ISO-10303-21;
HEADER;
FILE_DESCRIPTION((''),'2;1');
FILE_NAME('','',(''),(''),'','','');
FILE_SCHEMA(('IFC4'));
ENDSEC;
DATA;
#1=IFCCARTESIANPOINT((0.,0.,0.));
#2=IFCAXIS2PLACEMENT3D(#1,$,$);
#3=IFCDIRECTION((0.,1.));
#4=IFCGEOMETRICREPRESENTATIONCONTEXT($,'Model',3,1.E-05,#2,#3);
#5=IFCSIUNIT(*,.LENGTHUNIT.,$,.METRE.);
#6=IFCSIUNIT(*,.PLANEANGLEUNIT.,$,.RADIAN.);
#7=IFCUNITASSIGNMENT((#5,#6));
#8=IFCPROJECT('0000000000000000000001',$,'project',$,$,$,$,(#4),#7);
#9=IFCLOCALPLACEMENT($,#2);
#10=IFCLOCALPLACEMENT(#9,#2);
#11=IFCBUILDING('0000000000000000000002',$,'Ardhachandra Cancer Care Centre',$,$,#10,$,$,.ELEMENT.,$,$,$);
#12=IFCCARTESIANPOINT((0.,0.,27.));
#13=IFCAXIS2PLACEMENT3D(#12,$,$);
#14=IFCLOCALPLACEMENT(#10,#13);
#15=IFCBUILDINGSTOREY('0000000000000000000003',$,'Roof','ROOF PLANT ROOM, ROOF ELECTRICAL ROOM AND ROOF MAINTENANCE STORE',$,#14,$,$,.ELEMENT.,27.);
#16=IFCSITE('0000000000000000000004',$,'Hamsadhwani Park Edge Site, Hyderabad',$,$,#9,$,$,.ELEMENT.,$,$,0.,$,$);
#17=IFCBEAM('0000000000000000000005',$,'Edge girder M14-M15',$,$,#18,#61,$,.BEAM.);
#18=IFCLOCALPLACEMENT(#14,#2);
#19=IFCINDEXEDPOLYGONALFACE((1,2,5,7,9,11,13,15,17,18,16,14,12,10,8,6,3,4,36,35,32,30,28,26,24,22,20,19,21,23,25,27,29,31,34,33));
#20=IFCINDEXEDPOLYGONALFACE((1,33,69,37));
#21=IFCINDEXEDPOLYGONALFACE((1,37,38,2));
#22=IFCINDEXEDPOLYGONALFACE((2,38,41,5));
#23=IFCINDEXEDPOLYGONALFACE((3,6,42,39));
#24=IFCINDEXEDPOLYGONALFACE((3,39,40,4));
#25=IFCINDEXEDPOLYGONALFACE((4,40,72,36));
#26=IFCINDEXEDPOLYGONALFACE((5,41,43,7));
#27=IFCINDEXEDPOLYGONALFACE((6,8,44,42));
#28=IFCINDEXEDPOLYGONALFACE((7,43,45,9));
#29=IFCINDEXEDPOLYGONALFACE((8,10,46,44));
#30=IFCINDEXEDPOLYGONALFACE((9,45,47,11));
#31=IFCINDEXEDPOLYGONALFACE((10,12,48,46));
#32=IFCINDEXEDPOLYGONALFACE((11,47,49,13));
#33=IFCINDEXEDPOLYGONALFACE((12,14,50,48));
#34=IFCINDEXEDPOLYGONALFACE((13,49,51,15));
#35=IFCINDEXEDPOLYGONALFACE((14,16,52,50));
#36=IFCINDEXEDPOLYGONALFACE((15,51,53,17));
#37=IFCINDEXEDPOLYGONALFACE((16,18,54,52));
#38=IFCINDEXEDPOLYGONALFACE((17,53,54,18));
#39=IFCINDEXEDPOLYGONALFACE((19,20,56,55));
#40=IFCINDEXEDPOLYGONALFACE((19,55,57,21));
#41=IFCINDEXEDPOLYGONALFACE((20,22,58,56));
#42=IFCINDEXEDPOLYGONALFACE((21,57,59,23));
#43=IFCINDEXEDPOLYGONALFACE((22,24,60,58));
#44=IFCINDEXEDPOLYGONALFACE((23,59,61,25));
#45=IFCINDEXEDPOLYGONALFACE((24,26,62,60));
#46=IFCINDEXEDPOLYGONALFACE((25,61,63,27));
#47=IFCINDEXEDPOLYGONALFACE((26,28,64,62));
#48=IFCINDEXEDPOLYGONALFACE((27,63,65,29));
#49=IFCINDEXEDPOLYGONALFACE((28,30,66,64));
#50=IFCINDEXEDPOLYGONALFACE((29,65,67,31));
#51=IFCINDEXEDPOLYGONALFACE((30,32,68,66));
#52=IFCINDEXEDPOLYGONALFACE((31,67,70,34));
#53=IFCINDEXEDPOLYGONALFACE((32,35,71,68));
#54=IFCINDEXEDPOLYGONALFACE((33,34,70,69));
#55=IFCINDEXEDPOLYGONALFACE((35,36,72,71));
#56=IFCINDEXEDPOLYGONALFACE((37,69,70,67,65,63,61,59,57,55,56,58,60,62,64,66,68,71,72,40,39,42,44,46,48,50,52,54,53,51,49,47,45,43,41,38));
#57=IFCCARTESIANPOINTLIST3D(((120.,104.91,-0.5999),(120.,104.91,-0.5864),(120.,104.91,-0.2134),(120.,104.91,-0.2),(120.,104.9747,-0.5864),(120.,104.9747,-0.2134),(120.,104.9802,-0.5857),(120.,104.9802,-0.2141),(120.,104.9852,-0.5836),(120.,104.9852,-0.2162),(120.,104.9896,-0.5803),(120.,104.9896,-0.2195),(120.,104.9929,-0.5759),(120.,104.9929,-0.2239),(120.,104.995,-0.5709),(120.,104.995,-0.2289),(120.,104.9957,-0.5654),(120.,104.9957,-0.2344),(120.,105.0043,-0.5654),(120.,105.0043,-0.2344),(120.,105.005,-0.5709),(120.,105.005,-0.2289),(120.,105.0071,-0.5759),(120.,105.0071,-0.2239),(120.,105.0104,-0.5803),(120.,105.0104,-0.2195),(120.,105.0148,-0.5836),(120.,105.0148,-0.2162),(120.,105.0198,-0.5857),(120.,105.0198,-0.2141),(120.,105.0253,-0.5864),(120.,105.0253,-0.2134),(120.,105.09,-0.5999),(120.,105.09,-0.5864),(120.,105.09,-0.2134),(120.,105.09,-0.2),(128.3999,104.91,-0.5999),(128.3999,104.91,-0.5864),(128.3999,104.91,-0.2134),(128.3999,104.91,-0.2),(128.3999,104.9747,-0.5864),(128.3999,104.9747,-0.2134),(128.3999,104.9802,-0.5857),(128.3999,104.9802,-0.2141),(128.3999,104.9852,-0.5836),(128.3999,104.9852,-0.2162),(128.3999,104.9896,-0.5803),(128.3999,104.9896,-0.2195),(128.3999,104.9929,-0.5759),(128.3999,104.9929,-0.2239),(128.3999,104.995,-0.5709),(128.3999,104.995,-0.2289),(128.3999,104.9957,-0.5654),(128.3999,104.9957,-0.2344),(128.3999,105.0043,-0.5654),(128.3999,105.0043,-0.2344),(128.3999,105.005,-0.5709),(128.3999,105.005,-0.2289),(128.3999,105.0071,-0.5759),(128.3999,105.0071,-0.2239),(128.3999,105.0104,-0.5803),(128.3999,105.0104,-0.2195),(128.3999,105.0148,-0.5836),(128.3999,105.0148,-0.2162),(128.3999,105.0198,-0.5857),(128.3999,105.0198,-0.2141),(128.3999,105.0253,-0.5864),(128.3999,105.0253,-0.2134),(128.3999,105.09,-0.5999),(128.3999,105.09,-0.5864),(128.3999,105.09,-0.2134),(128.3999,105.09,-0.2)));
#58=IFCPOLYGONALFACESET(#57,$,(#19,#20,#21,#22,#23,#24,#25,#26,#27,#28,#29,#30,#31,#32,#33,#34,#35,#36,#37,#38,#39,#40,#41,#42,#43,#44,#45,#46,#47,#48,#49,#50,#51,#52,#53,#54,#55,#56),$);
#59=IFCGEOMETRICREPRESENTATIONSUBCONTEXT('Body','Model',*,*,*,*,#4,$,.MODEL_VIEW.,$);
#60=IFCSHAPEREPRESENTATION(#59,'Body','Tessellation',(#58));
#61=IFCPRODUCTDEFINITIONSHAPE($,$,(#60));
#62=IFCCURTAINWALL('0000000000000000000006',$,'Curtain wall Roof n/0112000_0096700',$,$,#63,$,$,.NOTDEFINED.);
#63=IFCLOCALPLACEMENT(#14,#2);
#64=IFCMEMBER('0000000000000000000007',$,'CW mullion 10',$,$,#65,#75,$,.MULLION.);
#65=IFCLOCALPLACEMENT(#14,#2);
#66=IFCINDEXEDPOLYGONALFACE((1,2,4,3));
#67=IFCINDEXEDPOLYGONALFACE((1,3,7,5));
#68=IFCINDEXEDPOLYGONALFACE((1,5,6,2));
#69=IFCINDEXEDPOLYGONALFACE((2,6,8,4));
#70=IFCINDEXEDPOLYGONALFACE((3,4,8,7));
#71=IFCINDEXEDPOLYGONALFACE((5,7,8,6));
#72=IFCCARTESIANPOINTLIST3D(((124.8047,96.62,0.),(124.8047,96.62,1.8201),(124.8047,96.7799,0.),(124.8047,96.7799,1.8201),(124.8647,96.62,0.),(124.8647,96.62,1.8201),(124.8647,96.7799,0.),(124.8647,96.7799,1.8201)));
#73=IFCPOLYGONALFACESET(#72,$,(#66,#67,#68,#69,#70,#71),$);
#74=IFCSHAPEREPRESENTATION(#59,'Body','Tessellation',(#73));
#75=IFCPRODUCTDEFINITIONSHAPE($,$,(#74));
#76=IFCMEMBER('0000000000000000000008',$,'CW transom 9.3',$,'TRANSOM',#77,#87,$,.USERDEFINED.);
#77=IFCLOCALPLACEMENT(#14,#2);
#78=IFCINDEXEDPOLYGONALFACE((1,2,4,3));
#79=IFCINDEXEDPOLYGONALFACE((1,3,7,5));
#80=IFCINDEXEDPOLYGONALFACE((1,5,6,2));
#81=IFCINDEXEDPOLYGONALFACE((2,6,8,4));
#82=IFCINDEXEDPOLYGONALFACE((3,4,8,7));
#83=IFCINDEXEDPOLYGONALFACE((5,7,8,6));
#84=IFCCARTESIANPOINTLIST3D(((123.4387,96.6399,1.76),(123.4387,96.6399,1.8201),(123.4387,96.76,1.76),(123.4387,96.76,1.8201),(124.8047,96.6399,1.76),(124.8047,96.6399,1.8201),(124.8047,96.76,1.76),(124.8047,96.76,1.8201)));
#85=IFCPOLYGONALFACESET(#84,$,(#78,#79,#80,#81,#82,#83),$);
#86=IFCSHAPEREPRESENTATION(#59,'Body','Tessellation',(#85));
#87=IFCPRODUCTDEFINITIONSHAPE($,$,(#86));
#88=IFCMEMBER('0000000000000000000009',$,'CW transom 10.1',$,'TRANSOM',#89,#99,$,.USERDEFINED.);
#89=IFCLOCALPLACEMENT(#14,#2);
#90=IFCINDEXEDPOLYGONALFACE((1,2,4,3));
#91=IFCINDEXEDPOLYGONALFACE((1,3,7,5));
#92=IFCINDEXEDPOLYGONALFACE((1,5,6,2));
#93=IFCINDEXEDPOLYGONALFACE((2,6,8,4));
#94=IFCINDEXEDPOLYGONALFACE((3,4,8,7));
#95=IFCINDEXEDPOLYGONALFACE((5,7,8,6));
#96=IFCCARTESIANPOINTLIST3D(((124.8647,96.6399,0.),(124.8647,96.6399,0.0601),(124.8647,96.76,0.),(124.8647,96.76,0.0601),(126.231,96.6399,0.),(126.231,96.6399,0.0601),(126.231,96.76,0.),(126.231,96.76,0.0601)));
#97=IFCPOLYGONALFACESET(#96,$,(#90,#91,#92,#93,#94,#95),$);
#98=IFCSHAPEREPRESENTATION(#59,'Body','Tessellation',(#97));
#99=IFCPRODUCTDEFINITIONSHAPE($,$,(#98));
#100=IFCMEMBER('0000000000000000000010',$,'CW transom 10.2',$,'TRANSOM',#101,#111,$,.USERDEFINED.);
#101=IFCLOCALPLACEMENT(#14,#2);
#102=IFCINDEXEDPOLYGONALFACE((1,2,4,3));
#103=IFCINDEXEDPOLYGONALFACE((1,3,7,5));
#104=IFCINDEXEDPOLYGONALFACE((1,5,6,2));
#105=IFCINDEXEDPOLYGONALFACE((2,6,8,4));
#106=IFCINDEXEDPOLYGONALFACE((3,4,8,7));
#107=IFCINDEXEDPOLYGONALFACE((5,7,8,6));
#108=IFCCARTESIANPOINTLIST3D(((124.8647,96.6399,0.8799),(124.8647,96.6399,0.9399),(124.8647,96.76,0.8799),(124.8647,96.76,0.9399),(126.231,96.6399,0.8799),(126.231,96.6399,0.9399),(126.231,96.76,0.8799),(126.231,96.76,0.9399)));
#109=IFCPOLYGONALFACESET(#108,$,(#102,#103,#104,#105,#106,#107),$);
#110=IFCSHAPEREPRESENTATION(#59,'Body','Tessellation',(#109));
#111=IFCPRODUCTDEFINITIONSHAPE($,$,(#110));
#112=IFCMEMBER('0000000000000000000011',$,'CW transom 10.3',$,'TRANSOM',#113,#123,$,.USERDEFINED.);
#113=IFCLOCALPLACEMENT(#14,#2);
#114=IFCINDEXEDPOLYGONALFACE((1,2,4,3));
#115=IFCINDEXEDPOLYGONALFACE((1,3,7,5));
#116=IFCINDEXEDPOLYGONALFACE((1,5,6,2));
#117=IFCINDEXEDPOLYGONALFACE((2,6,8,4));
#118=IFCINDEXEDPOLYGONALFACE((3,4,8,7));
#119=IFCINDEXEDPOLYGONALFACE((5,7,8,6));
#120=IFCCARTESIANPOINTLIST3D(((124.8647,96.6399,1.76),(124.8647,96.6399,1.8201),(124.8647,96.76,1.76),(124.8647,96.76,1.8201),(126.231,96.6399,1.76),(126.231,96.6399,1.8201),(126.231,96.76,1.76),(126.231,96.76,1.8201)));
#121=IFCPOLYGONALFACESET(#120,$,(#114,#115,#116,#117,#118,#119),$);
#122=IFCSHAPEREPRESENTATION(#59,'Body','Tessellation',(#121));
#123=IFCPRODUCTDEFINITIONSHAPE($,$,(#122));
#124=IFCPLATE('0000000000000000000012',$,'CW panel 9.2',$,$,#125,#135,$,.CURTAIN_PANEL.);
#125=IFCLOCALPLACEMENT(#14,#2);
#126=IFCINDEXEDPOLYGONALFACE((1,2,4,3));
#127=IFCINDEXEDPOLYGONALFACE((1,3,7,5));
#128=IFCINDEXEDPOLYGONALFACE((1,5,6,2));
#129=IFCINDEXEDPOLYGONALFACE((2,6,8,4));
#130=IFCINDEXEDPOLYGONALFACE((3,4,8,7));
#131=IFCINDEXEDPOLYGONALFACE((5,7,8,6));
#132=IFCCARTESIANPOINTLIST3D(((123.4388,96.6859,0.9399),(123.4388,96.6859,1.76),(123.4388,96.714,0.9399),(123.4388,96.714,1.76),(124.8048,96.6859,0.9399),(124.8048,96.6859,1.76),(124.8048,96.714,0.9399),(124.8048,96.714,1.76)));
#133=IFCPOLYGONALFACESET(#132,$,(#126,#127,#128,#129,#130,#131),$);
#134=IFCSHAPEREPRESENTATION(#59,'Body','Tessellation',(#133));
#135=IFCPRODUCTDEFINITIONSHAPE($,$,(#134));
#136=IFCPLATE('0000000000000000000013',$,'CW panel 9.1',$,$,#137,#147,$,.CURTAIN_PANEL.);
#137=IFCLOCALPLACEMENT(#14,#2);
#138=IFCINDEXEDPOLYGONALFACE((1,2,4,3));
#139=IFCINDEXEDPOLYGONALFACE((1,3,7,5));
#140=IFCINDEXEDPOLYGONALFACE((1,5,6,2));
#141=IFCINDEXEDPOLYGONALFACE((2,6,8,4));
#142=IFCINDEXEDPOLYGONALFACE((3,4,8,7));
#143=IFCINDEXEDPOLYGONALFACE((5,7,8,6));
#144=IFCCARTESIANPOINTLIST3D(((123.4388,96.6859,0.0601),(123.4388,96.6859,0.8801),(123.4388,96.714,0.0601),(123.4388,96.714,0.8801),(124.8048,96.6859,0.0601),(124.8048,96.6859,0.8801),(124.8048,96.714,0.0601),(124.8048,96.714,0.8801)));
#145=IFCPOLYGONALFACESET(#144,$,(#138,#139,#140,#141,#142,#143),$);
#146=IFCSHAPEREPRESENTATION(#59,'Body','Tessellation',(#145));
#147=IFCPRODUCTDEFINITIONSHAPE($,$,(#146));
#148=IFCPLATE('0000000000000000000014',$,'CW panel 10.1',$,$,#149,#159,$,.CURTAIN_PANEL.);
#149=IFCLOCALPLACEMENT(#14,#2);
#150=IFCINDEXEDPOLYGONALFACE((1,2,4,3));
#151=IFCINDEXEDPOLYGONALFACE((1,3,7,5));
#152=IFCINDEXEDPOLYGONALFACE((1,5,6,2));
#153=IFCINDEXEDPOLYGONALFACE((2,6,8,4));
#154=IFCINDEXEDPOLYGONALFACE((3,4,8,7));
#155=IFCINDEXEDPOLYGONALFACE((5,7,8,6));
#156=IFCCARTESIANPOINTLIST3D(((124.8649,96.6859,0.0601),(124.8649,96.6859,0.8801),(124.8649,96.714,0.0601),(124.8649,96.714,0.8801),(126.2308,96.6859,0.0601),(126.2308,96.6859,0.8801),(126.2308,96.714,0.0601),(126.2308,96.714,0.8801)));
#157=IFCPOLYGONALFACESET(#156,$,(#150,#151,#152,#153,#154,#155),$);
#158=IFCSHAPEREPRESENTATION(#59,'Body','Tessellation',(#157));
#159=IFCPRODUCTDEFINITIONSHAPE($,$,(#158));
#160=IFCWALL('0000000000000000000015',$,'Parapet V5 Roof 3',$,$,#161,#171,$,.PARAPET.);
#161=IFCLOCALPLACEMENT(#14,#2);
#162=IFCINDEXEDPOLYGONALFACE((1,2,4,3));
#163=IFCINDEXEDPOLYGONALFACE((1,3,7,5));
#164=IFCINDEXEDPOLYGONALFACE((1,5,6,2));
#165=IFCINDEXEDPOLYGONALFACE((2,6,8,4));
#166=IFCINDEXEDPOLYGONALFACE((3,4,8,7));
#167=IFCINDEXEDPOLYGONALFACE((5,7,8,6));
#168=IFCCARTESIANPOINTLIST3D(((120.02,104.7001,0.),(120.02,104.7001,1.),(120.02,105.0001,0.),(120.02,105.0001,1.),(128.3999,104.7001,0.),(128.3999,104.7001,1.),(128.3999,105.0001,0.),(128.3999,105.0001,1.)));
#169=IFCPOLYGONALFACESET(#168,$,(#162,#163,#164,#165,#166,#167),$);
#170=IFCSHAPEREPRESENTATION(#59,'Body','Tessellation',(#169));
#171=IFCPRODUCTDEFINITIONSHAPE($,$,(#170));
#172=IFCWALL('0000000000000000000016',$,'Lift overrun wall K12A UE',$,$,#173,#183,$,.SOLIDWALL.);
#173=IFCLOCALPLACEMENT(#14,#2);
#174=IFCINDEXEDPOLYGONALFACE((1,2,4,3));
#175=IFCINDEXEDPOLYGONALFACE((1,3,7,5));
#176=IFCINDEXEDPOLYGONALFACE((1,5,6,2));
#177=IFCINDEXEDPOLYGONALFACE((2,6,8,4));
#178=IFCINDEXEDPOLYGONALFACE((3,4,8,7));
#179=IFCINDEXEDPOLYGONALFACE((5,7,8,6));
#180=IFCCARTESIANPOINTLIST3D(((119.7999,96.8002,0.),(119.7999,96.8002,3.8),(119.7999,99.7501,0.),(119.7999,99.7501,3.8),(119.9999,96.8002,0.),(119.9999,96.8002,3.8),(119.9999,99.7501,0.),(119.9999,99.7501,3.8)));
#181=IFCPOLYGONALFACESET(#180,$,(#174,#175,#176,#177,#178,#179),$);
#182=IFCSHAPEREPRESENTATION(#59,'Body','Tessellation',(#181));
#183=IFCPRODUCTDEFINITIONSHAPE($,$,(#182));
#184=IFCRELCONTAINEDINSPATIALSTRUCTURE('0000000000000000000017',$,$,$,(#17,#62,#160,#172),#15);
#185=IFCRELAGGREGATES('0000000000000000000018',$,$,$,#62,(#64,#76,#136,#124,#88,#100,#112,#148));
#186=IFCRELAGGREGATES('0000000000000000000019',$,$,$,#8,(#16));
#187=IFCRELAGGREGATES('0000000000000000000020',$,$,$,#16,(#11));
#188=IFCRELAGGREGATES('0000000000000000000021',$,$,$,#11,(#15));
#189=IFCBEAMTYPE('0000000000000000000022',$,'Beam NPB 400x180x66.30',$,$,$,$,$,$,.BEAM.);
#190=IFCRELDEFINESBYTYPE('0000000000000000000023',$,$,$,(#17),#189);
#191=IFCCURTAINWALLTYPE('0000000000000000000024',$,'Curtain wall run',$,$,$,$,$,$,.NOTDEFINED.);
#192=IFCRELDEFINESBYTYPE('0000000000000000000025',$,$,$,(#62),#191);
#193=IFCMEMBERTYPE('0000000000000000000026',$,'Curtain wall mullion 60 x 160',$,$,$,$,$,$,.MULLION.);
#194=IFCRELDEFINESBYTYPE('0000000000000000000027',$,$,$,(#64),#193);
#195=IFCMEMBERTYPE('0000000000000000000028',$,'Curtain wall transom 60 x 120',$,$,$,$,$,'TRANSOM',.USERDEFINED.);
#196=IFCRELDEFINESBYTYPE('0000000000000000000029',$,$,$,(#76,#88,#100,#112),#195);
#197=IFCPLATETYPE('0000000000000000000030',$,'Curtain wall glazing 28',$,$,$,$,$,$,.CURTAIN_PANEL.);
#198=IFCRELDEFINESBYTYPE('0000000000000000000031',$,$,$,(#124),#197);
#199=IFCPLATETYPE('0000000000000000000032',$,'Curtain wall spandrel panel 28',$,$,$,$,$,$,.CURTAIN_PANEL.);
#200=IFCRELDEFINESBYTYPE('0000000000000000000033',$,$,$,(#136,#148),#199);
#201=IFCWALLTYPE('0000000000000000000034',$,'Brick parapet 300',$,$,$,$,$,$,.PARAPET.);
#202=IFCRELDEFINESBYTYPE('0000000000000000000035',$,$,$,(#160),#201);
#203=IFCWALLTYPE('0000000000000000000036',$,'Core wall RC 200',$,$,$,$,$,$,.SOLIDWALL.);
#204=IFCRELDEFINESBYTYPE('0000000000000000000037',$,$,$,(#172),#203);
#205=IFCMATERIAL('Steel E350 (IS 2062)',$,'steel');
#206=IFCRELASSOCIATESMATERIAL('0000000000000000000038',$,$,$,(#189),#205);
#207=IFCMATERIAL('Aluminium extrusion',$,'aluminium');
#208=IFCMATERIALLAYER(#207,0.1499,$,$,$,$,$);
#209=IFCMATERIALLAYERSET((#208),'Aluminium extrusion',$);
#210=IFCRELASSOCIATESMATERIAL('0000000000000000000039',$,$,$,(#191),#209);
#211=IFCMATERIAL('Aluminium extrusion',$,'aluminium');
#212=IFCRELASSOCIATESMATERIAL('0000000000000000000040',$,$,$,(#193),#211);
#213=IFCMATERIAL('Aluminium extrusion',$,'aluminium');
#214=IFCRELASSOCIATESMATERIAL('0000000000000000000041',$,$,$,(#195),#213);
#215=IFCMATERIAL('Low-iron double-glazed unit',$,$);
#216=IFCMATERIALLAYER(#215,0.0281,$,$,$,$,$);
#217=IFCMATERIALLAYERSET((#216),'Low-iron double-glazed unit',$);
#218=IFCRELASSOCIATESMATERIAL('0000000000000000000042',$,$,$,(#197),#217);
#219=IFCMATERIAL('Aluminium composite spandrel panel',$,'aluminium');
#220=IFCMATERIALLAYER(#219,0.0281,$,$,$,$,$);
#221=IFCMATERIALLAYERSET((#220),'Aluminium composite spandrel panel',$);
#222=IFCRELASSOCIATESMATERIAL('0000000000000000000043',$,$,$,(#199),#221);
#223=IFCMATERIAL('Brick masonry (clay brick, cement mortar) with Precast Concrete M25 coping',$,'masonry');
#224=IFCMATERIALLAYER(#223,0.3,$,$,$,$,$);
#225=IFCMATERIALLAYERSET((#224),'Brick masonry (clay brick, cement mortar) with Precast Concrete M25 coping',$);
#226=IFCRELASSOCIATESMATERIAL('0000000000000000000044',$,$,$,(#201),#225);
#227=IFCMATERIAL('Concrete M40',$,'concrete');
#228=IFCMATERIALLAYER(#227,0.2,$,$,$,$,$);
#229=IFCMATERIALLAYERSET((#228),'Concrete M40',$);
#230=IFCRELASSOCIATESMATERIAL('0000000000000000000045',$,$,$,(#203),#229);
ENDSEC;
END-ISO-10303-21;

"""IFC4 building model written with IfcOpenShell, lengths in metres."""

from ifc_helpers import new_model, si_unit, direction, frame, frame_2d, origin, origin_2d, place, context, subcontext, project, spatial, rectangle, i_section, extrude, material, layer, layer_set, material_profile, profile_set, type_object, element, aggregate, save


model = new_model("IFC4")

# Units and contexts
model_context = context("Model", 3, precision=1e-05, world=origin(), true_north=direction((0.0, 1.0)))
body_context = subcontext(model_context, "Body", "Model", "MODEL_VIEW")
ifc_project = project(units=[si_unit("LENGTHUNIT", "METRE"), si_unit("PLANEANGLEUNIT", "RADIAN")], contexts=[model_context])

# Site, building, storey
site_placement = place(None, origin())
site = spatial("IfcSite", under=ifc_project, at=site_placement, Name="Hamsadhwani Park Edge Site, Hyderabad", CompositionType="ELEMENT", RefElevation=0.0)
building_placement = place(site_placement, origin())
building = spatial("IfcBuilding", under=site, at=building_placement, Name="Ardhachandra Cancer Care Centre", CompositionType="ELEMENT")
storey_placement = place(building_placement, frame((0.0, 0.0, 27.0)))
storey = spatial("IfcBuildingStorey", under=building, at=storey_placement, Name="Roof", Description="ROOF PLANT ROOM, ROOF ELECTRICAL ROOM AND ROOF MAINTENANCE STORE", CompositionType="ELEMENT", Elevation=27.0)

# Beam
ifc_material_1 = material(Name="Steel E350 (IS 2062)", Category="steel")
ifc_material_profile_1 = material_profile(ifc_material_1, i_section(OverallWidth=0.1799, OverallDepth=0.3999, WebThickness=0.0085, FlangeThickness=0.0134, FilletRadius=0.021, at=origin_2d()), Name="NPB 400x180x66.30")
ifc_profile_set_1 = profile_set([ifc_material_profile_1], Name="Steel E350 (IS 2062)")
beam_type = type_object("IfcBeamType", Name="Beam NPB 400x180x66.30", PredefinedType="BEAM", material=ifc_profile_set_1)
beam_placement = place(storey_placement, frame((120.0, 105.0, -0.3999), z_axis=(1.0, 0.0, 0.0), x_axis=(0.0, 1.0, 0.0)))
element("IfcBeam", 1, at=beam_placement, inside=storey, type_object=beam_type, Name="Edge girder M14-M15", PredefinedType="BEAM", context=body_context, shape_type="SweptSolid", body=[
    extrude(i_section(OverallWidth=0.1799, OverallDepth=0.3999, WebThickness=0.0085, FlangeThickness=0.0134, FilletRadius=0.021, at=origin_2d()), origin(), (0.0, 0.0, 1.0), 8.3999),
])

# Curtain wall, members, plates
ifc_material_2 = material(Name="Aluminium extrusion", Category="aluminium")
ifc_layer_1 = layer(ifc_material_2, 0.1499)
ifc_layer_set_1 = layer_set([ifc_layer_1], Name="Aluminium extrusion")
curtain_wall_type = type_object("IfcCurtainWallType", Name="Curtain wall run", PredefinedType="NOTDEFINED", material=ifc_layer_set_1)
curtain_wall_placement = place(storey_placement, origin())
curtain_wall = element("IfcCurtainWall", 2, at=curtain_wall_placement, inside=storey, type_object=curtain_wall_type, Name="Curtain wall Roof n/0112000_0096700", PredefinedType="NOTDEFINED")
ifc_material_3 = material(Name="Aluminium extrusion", Category="aluminium")
ifc_material_profile_2 = material_profile(ifc_material_3, rectangle(XDim=0.1599, YDim=0.0601, at=origin_2d()), Name="Curtain wall mullion 60 x 160")
ifc_profile_set_2 = profile_set([ifc_material_profile_2], Name="Aluminium extrusion")
member_type_1 = type_object("IfcMemberType", Name="Curtain wall mullion 60 x 160", PredefinedType="MULLION", material=ifc_profile_set_2)
member_1_placement = place(storey_placement, frame((124.8347, 96.7, 0.0), z_axis=(0.0, 0.0, 1.0), x_axis=(0.0, 1.0, 0.0)))
member_1 = element("IfcMember", 3, at=member_1_placement, type_object=member_type_1, Name="CW mullion 10", PredefinedType="MULLION", context=body_context, shape_type="SweptSolid", body=[
    extrude(rectangle(XDim=0.1599, YDim=0.0601, at=origin_2d()), origin(), (0.0, 0.0, 1.0), 1.8201),
])
ifc_material_4 = material(Name="Aluminium extrusion", Category="aluminium")
ifc_material_profile_3 = material_profile(ifc_material_4, rectangle(XDim=0.1201, YDim=0.0601, at=origin_2d()), Name="Curtain wall transom 60 x 120")
ifc_profile_set_3 = profile_set([ifc_material_profile_3], Name="Aluminium extrusion")
member_type_2 = type_object("IfcMemberType", Name="Curtain wall transom 60 x 120", ElementType="TRANSOM", PredefinedType="USERDEFINED", material=ifc_profile_set_3)
member_2_placement = place(storey_placement, frame((123.4387, 96.7, 1.79), z_axis=(1.0, 0.0, 0.0), x_axis=(0.0, 1.0, 0.0)))
member_2 = element("IfcMember", 4, at=member_2_placement, type_object=member_type_2, Name="CW transom 9.3", ObjectType="TRANSOM", PredefinedType="USERDEFINED", context=body_context, shape_type="SweptSolid", body=[
    extrude(rectangle(XDim=0.1201, YDim=0.0601, at=origin_2d()), origin(), (0.0, 0.0, 1.0), 1.366),
])
member_3_placement = place(storey_placement, frame((124.8647, 96.7, 0.03), z_axis=(1.0, 0.0, 0.0), x_axis=(0.0, 1.0, 0.0)))
member_3 = element("IfcMember", 5, at=member_3_placement, type_object=member_type_2, Name="CW transom 10.1", ObjectType="TRANSOM", PredefinedType="USERDEFINED", context=body_context, shape_type="SweptSolid", body=[
    extrude(rectangle(XDim=0.1201, YDim=0.0601, at=origin_2d()), origin(), (0.0, 0.0, 1.0), 1.3662),
])
member_4_placement = place(storey_placement, frame((124.8647, 96.7, 0.9099), z_axis=(1.0, 0.0, 0.0), x_axis=(0.0, 1.0, 0.0)))
member_4 = element("IfcMember", 6, at=member_4_placement, type_object=member_type_2, Name="CW transom 10.2", ObjectType="TRANSOM", PredefinedType="USERDEFINED", context=body_context, shape_type="SweptSolid", body=[
    extrude(rectangle(XDim=0.1201, YDim=0.0601, at=origin_2d()), origin(), (0.0, 0.0, 1.0), 1.3662),
])
member_5_placement = place(storey_placement, frame((124.8647, 96.7, 1.79), z_axis=(1.0, 0.0, 0.0), x_axis=(0.0, 1.0, 0.0)))
member_5 = element("IfcMember", 7, at=member_5_placement, type_object=member_type_2, Name="CW transom 10.3", ObjectType="TRANSOM", PredefinedType="USERDEFINED", context=body_context, shape_type="SweptSolid", body=[
    extrude(rectangle(XDim=0.1201, YDim=0.0601, at=origin_2d()), origin(), (0.0, 0.0, 1.0), 1.3662),
])
ifc_material_5 = material(Name="Low-iron double-glazed unit")
ifc_layer_2 = layer(ifc_material_5, 0.0281)
ifc_layer_set_2 = layer_set([ifc_layer_2], Name="Low-iron double-glazed unit")
plate_type_1 = type_object("IfcPlateType", Name="Curtain wall glazing 28", PredefinedType="CURTAIN_PANEL", material=ifc_layer_set_2)
plate_1_placement = place(storey_placement, frame((124.1218, 96.7, 0.9399), z_axis=(0.0, 0.0, 1.0), x_axis=(1.0, 0.0, 0.0)))
plate_1 = element("IfcPlate", 8, at=plate_1_placement, type_object=plate_type_1, Name="CW panel 9.2", PredefinedType="CURTAIN_PANEL", context=body_context, shape_type="SweptSolid", body=[
    extrude(rectangle(XDim=1.366, YDim=0.0281, at=origin_2d()), origin(), (0.0, 0.0, 1.0), 0.8201),
])
ifc_material_6 = material(Name="Aluminium composite spandrel panel", Category="aluminium")
ifc_layer_3 = layer(ifc_material_6, 0.0281)
ifc_layer_set_3 = layer_set([ifc_layer_3], Name="Aluminium composite spandrel panel")
plate_type_2 = type_object("IfcPlateType", Name="Curtain wall spandrel panel 28", PredefinedType="CURTAIN_PANEL", material=ifc_layer_set_3)
plate_2_placement = place(storey_placement, frame((124.1218, 96.7, 0.0601), z_axis=(0.0, 0.0, 1.0), x_axis=(1.0, 0.0, 0.0)))
plate_2 = element("IfcPlate", 9, at=plate_2_placement, type_object=plate_type_2, Name="CW panel 9.1", PredefinedType="CURTAIN_PANEL", context=body_context, shape_type="SweptSolid", body=[
    extrude(rectangle(XDim=1.366, YDim=0.0281, at=origin_2d()), origin(), (0.0, 0.0, 1.0), 0.8201),
])
plate_3_placement = place(storey_placement, frame((125.5479, 96.7, 0.0601), z_axis=(0.0, 0.0, 1.0), x_axis=(1.0, 0.0, 0.0)))
plate_3 = element("IfcPlate", 10, at=plate_3_placement, type_object=plate_type_2, Name="CW panel 10.1", PredefinedType="CURTAIN_PANEL", context=body_context, shape_type="SweptSolid", body=[
    extrude(rectangle(XDim=1.366, YDim=0.0281, at=origin_2d()), origin(), (0.0, 0.0, 1.0), 0.8201),
])
aggregate(curtain_wall, [member_1, member_2, plate_2, plate_1, member_3, member_4, member_5, plate_3])

# Walls
ifc_material_7 = material(Name="Brick masonry (clay brick, cement mortar) with Precast Concrete M25 coping", Category="masonry")
ifc_layer_4 = layer(ifc_material_7, 0.3)
ifc_layer_set_4 = layer_set([ifc_layer_4], Name="Brick masonry (clay brick, cement mortar) with Precast Concrete M25 coping")
wall_type_1 = type_object("IfcWallType", Name="Brick parapet 300", PredefinedType="PARAPET", material=ifc_layer_set_4)
wall_1_placement = place(storey_placement, frame((120.02, 104.8501, 0.0), z_axis=(0.0, 0.0, 1.0), x_axis=(1.0, 0.0, 0.0)))
element("IfcWall", 11, at=wall_1_placement, inside=storey, type_object=wall_type_1, Name="Parapet V5 Roof 3", PredefinedType="PARAPET", context=body_context, shape_type="SweptSolid", body=[
    extrude(rectangle(XDim=8.3799, YDim=0.3, at=frame_2d((4.1899, 0.0))), origin(), (0.0, 0.0, 1.0), 1.0),
])
ifc_material_8 = material(Name="Concrete M40", Category="concrete")
ifc_layer_5 = layer(ifc_material_8, 0.2)
ifc_layer_set_5 = layer_set([ifc_layer_5], Name="Concrete M40")
wall_type_2 = type_object("IfcWallType", Name="Core wall RC 200", PredefinedType="SOLIDWALL", material=ifc_layer_set_5)
wall_2_placement = place(storey_placement, frame((119.8999, 96.8, 0.0), z_axis=(0.0, 0.0, 1.0), x_axis=(0.0, 1.0, 0.0)))
element("IfcWall", 12, at=wall_2_placement, inside=storey, type_object=wall_type_2, Name="Lift overrun wall K12A UE", PredefinedType="SOLIDWALL", context=body_context, shape_type="SweptSolid", body=[
    extrude(rectangle(XDim=2.95, YDim=0.2, at=frame_2d((1.4751, 0.0))), origin(), (0.0, 0.0, 1.0), 3.8),
])

save(model, "model.ifc")
